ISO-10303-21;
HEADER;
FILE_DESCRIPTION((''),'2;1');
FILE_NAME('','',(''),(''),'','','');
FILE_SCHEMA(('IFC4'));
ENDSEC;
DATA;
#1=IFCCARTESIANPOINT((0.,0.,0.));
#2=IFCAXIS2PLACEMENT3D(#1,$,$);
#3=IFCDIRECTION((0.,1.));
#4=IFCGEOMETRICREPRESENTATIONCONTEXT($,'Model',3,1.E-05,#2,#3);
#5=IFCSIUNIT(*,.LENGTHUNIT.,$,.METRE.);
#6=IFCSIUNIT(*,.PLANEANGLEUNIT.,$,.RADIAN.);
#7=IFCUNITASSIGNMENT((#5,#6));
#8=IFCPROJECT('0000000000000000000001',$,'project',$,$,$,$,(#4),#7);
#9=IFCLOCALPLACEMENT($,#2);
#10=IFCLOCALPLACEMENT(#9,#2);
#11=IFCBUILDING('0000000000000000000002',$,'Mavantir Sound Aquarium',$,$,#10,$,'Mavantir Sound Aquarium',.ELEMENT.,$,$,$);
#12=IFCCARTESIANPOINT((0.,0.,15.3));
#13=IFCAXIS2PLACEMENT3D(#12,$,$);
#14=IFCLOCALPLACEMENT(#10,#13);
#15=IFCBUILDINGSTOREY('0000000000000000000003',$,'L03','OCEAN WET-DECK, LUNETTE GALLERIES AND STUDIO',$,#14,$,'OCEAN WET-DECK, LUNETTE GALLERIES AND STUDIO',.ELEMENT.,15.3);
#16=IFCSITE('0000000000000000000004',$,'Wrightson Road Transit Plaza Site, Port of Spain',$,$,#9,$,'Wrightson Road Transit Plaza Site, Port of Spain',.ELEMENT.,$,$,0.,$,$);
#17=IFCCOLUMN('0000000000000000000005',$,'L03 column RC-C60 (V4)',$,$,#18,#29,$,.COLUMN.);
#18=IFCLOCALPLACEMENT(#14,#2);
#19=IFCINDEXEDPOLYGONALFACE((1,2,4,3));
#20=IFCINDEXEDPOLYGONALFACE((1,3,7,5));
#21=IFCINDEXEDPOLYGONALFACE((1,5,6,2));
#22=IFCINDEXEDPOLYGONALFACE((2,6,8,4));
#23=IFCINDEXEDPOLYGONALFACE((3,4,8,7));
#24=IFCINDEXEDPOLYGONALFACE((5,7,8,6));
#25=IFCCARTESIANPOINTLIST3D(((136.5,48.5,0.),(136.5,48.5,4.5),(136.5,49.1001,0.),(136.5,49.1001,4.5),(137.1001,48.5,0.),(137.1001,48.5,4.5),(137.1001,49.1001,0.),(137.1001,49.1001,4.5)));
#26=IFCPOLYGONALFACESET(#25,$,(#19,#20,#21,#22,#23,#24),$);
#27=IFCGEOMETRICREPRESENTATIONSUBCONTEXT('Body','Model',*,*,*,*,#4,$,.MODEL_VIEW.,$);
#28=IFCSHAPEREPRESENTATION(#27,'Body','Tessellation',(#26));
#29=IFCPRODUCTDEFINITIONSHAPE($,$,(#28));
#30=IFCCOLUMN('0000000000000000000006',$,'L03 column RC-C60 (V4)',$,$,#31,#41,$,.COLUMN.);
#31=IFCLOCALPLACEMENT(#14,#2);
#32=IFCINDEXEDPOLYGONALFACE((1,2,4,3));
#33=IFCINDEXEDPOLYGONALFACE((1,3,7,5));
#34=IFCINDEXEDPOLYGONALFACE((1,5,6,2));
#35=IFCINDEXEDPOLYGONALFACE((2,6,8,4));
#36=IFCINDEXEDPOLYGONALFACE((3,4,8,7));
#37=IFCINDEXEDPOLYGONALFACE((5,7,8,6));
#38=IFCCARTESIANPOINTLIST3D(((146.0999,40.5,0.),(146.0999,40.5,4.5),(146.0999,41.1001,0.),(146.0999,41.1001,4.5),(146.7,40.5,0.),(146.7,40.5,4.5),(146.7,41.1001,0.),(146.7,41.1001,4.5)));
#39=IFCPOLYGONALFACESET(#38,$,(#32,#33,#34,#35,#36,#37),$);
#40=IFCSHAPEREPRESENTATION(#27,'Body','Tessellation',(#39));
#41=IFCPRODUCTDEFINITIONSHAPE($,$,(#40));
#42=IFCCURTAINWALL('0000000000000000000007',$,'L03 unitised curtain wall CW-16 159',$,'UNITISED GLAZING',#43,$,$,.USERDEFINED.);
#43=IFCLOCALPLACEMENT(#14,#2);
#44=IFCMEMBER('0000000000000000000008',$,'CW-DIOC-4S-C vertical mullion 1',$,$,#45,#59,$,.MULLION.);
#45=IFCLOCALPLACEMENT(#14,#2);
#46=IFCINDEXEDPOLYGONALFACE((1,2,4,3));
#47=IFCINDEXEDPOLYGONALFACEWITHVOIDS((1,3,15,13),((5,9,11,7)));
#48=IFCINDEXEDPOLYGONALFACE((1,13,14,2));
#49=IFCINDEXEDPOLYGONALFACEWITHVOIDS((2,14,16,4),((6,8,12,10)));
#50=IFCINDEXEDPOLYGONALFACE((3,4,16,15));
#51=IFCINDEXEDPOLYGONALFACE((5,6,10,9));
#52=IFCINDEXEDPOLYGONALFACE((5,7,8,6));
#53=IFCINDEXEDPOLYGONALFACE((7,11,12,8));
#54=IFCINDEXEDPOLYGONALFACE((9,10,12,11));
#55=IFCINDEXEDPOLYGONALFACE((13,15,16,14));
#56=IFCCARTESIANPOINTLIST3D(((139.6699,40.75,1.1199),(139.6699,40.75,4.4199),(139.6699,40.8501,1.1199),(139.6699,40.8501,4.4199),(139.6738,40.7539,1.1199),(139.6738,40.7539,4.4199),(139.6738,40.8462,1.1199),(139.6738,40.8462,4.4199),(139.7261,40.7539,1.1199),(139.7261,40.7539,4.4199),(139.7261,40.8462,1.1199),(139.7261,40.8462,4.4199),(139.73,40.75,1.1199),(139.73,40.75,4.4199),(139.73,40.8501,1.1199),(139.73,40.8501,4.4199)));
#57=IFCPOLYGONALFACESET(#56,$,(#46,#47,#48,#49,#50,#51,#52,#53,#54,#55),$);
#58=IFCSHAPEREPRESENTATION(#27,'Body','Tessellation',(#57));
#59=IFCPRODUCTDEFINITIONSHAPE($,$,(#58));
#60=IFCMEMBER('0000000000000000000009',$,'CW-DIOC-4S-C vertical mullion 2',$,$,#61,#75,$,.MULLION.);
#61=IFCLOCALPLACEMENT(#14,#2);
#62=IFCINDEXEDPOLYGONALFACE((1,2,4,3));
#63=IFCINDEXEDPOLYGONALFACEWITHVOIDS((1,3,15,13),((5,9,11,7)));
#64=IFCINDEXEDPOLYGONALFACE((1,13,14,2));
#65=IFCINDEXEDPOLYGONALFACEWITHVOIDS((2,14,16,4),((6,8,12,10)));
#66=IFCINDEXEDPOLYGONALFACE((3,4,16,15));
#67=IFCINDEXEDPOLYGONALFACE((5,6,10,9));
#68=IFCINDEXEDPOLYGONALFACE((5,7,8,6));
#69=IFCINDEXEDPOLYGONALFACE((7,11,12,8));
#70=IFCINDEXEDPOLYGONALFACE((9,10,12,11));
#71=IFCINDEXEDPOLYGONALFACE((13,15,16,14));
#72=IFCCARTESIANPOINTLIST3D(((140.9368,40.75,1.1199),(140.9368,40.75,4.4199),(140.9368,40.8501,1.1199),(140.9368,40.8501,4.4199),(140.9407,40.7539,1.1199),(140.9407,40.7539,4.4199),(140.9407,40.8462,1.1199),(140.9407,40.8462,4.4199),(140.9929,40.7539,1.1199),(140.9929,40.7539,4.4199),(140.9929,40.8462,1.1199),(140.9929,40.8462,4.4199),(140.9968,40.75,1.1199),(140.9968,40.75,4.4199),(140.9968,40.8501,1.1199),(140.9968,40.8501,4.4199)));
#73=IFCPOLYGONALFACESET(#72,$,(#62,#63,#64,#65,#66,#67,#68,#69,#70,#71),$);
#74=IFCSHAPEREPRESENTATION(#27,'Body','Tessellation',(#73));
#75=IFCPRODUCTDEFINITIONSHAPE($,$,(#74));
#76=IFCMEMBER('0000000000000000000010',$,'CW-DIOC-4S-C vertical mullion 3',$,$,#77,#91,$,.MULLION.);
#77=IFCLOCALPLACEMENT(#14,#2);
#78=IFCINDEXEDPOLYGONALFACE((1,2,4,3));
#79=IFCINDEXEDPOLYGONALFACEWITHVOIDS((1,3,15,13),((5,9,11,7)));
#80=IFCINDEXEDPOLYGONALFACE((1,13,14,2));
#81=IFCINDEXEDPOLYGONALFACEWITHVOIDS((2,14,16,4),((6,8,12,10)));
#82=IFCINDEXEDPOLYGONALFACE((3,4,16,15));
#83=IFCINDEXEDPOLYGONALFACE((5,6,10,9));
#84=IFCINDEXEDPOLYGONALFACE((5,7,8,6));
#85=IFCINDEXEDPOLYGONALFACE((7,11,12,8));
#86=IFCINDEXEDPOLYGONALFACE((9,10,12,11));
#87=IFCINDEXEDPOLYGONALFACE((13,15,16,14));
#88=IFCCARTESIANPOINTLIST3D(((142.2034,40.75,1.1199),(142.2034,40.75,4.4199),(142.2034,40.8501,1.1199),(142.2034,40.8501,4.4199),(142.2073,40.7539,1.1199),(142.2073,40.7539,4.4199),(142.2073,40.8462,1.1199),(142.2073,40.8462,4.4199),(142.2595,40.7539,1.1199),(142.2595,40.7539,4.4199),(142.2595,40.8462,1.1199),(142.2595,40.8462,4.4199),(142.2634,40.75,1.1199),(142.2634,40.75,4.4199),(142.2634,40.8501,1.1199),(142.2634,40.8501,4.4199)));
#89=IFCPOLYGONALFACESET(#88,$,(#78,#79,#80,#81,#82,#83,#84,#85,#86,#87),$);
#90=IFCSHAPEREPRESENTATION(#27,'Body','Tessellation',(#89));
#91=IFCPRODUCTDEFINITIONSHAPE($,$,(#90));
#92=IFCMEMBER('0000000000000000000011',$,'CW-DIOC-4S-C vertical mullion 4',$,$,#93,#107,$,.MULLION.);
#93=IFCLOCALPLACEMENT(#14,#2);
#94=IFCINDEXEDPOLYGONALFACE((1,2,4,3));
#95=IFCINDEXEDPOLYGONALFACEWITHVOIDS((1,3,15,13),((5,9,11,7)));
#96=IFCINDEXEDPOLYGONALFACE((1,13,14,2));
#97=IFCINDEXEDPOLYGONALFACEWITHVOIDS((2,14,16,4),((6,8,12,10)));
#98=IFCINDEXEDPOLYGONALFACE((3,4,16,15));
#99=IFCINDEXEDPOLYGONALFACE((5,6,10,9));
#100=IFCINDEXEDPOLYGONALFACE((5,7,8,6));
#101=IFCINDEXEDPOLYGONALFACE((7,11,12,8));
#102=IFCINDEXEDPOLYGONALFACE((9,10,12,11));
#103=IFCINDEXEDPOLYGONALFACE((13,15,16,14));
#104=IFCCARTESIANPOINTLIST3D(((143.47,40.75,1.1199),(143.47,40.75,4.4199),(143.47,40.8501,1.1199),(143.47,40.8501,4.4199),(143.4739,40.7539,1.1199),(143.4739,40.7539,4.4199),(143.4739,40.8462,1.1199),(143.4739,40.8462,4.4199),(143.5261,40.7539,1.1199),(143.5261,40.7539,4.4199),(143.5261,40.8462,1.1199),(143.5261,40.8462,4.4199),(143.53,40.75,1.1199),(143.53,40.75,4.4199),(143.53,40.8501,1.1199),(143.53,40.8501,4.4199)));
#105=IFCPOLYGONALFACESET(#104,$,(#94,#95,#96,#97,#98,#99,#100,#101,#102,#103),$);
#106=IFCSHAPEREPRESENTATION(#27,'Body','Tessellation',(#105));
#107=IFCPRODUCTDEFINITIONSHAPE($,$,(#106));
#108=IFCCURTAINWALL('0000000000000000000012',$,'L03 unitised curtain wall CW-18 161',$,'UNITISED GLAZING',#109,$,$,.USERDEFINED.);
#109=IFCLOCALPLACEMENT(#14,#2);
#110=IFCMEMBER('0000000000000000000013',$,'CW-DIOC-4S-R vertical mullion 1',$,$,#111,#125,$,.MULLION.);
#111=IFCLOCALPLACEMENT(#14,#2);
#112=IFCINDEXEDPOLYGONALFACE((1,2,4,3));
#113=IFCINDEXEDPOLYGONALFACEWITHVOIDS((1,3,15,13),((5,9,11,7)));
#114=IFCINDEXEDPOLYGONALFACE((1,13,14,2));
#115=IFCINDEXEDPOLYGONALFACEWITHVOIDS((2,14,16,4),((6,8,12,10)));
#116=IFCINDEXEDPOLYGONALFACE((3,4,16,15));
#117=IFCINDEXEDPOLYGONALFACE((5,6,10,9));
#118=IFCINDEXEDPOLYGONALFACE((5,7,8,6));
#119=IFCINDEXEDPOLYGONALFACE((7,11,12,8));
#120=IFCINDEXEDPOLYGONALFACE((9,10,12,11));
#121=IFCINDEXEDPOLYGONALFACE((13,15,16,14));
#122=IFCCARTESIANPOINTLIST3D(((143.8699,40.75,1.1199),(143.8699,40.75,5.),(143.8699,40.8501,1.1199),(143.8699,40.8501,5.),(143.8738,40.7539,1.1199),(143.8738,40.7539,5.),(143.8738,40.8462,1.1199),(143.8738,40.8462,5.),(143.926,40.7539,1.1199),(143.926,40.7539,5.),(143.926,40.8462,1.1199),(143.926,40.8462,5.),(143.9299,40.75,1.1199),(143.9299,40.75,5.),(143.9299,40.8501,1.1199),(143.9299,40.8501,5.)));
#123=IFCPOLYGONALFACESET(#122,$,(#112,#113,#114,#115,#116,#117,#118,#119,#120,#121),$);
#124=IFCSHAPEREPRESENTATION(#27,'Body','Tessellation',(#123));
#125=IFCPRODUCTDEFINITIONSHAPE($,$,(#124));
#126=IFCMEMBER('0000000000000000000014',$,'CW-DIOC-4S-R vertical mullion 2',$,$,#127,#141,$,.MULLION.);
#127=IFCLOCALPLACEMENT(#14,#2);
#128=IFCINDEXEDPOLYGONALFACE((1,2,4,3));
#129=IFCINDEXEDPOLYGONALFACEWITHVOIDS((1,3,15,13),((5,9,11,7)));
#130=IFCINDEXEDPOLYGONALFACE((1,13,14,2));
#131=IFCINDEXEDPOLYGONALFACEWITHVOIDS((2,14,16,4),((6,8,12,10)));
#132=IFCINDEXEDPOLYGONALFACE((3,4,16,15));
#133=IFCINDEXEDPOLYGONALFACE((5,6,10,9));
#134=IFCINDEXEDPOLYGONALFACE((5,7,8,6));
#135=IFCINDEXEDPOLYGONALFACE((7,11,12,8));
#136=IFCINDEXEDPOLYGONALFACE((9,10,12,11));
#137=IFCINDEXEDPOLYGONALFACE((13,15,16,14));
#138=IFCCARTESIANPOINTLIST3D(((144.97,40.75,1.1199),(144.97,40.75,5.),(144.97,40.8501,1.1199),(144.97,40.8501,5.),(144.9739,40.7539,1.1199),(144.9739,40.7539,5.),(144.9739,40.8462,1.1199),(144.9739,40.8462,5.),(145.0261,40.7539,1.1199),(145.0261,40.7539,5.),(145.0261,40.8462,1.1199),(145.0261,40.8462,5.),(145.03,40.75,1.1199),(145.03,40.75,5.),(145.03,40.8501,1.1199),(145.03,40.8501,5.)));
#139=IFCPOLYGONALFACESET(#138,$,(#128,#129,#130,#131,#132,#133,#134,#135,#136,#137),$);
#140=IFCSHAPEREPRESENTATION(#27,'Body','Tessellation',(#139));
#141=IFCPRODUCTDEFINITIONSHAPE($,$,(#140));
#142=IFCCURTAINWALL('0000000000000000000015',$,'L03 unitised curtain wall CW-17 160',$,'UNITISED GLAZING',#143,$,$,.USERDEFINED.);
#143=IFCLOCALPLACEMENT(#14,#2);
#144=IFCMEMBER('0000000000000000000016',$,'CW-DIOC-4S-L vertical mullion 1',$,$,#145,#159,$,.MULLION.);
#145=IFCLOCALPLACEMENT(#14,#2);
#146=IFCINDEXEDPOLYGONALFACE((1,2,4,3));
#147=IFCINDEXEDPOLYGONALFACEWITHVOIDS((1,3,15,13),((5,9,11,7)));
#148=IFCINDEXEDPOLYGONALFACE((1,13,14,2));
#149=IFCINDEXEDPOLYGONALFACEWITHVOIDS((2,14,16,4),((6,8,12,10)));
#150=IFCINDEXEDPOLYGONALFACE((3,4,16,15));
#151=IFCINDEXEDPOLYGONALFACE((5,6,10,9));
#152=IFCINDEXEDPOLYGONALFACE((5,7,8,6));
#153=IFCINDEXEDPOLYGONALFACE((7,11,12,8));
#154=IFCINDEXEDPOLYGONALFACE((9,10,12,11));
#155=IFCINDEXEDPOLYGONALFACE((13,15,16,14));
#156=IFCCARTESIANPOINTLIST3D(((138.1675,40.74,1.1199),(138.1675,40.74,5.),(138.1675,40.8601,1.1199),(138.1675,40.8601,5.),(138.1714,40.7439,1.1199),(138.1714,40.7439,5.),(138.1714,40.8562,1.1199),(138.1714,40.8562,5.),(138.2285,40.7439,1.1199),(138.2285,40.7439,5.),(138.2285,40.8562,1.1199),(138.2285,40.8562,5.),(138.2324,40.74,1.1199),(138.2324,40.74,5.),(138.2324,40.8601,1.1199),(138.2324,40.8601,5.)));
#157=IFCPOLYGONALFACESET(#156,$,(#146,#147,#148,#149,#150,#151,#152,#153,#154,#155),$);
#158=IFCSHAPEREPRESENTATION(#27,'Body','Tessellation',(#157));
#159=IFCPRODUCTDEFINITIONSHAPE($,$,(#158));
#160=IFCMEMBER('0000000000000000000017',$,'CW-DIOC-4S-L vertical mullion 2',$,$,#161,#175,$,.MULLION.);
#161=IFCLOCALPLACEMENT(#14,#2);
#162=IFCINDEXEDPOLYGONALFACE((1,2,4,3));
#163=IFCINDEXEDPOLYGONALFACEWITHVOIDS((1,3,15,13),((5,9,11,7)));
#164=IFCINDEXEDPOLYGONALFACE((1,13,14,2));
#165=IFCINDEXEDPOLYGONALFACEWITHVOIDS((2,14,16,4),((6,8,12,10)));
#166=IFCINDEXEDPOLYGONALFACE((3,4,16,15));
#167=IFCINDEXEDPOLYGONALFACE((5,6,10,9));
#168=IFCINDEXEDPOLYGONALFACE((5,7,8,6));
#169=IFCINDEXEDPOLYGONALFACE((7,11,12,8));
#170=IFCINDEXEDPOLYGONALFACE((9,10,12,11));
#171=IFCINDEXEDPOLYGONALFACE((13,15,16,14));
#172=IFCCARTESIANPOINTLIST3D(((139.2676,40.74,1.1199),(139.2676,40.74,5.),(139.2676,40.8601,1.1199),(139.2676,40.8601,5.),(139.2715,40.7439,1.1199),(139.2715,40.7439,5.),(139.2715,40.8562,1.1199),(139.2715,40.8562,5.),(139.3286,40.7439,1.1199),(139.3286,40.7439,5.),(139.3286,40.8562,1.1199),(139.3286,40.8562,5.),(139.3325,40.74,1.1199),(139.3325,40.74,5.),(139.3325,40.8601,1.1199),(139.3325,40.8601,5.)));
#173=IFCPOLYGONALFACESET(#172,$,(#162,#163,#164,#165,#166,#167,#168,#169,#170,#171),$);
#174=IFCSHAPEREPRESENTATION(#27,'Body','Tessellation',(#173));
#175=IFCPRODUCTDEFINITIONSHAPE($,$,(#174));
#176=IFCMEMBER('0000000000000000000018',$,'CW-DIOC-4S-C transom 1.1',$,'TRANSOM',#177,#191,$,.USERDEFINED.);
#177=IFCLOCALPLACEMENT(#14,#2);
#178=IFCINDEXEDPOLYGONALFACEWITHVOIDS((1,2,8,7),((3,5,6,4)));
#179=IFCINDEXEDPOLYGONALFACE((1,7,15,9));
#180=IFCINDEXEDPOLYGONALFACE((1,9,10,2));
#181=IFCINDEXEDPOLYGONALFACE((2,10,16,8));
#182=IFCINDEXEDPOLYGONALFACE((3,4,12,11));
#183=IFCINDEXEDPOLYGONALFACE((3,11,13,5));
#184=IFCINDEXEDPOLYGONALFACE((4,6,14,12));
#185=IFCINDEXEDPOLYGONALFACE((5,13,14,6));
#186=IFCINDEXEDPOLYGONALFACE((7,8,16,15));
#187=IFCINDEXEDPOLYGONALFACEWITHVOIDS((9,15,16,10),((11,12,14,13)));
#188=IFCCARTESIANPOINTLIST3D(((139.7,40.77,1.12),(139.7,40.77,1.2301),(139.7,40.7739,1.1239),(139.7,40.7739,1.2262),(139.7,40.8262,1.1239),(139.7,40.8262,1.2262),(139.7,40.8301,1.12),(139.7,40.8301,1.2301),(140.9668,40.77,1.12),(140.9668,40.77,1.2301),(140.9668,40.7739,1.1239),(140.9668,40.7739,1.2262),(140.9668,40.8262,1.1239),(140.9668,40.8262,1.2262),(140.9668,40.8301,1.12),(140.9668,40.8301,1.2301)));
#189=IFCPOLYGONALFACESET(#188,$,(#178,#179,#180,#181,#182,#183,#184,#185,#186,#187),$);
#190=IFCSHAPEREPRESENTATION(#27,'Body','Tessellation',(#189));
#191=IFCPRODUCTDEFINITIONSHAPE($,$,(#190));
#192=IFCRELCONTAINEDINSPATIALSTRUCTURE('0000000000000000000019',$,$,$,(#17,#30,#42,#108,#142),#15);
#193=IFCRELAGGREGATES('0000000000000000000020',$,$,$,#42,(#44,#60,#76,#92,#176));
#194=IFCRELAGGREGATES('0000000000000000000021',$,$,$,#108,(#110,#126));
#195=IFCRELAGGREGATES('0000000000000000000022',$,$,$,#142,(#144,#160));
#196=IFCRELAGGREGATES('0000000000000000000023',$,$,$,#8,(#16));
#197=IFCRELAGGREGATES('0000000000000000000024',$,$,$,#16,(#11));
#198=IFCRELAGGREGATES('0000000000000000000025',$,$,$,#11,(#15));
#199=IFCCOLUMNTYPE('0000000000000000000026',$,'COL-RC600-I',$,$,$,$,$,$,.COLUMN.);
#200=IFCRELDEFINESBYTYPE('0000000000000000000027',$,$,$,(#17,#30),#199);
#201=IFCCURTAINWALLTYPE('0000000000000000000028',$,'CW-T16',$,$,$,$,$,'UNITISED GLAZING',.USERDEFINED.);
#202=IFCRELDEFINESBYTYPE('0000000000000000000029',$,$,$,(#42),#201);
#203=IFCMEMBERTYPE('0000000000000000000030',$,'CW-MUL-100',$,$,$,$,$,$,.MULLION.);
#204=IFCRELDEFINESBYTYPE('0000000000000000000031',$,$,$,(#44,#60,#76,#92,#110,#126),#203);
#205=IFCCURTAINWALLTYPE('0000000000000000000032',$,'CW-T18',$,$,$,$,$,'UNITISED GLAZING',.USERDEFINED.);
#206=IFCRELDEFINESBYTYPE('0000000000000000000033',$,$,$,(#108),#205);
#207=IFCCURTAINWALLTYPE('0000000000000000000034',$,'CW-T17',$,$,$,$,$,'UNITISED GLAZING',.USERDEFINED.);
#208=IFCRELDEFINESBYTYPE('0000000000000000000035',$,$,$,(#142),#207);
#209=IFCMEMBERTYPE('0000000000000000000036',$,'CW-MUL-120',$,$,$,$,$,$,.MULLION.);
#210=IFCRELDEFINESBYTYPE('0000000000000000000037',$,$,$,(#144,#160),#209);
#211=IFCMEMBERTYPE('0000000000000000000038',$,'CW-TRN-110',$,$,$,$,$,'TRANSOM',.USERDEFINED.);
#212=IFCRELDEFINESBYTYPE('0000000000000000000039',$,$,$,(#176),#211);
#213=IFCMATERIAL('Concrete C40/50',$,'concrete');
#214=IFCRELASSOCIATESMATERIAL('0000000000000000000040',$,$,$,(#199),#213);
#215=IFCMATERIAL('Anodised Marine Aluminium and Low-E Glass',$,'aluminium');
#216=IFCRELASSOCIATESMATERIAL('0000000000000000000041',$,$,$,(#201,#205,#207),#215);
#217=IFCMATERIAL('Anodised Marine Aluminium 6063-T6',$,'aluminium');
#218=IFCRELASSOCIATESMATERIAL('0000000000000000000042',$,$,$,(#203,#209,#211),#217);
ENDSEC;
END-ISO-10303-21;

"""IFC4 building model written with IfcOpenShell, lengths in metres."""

from ifc_helpers import new_model, si_unit, direction, frame, origin, origin_2d, place, context, subcontext, project, spatial, rectangle, hollow_rectangle, extrude, material, material_profile, profile_set, type_object, element, aggregate, save


model = new_model("IFC4")

# Units and contexts
model_context = context("Model", 3, precision=1e-05, world=origin(), true_north=direction((0.0, 1.0)))
body_context = subcontext(model_context, "Body", "Model", "MODEL_VIEW")
ifc_project = project(units=[si_unit("LENGTHUNIT", "METRE"), si_unit("PLANEANGLEUNIT", "RADIAN")], contexts=[model_context])

# Site, building, storey
site_placement = place(None, origin())
site = spatial("IfcSite", under=ifc_project, at=site_placement, Name="Wrightson Road Transit Plaza Site, Port of Spain", LongName="Wrightson Road Transit Plaza Site, Port of Spain", CompositionType="ELEMENT", RefElevation=0.0)
building_placement = place(site_placement, origin())
building = spatial("IfcBuilding", under=site, at=building_placement, Name="Mavantir Sound Aquarium", LongName="Mavantir Sound Aquarium", CompositionType="ELEMENT")
storey_placement = place(building_placement, frame((0.0, 0.0, 15.3)))
storey = spatial("IfcBuildingStorey", under=building, at=storey_placement, Name="L03", Description="OCEAN WET-DECK, LUNETTE GALLERIES AND STUDIO", LongName="OCEAN WET-DECK, LUNETTE GALLERIES AND STUDIO", CompositionType="ELEMENT", Elevation=15.3)

# Columns
ifc_material_1 = material(Name="Concrete C40/50", Category="concrete")
ifc_material_profile_1 = material_profile(ifc_material_1, rectangle(XDim=0.6001, YDim=0.6001, at=origin_2d()), Name="RC 600X600")
ifc_profile_set_1 = profile_set([ifc_material_profile_1], Name="Concrete C40/50")
column_type = type_object("IfcColumnType", Name="COL-RC600-I", PredefinedType="COLUMN", material=ifc_profile_set_1)
for number, where, z_axis, x_axis, name in (
    (1, (136.8, 48.8, 0.0), (0.0, 0.0, 1.0), (1.0, 0.0, 0.0), "L03 column RC-C60 (V4)"),
    (2, (146.3999, 40.8, 0.0), (0.0, 0.0, 1.0), (1.0, 0.0, 0.0), "L03 column RC-C60 (V4)"),
):
    element("IfcColumn", number, at=place(storey_placement, frame(where, z_axis=z_axis, x_axis=x_axis)), inside=storey, type_object=column_type, Name=name, PredefinedType="COLUMN", context=body_context, shape_type="SweptSolid", body=[
        extrude(rectangle(XDim=0.6001, YDim=0.6001, at=origin_2d()), origin(), (0.0, 0.0, 1.0), 4.5),
    ])

# Curtain walls, members
ifc_material_2 = material(Name="Anodised Marine Aluminium and Low-E Glass", Category="aluminium")
curtain_wall_type_1 = type_object("IfcCurtainWallType", Name="CW-T16", ElementType="UNITISED GLAZING", PredefinedType="USERDEFINED", material=ifc_material_2)
curtain_wall_1_placement = place(storey_placement, origin())
curtain_wall_1 = element("IfcCurtainWall", 3, at=curtain_wall_1_placement, inside=storey, type_object=curtain_wall_type_1, Name="L03 unitised curtain wall CW-16 159", ObjectType="UNITISED GLAZING", PredefinedType="USERDEFINED")
ifc_material_3 = material(Name="Anodised Marine Aluminium 6063-T6", Category="aluminium")
ifc_material_profile_2 = material_profile(ifc_material_3, hollow_rectangle(XDim=0.0601, YDim=0.1001, WallThickness=0.0039, at=origin_2d()), Name="ALU-MULLION-100X60")
ifc_profile_set_2 = profile_set([ifc_material_profile_2], Name="Anodised Marine Aluminium 6063-T6")
member_type_1 = type_object("IfcMemberType", Name="CW-MUL-100", PredefinedType="MULLION", material=ifc_profile_set_2)
member_1_placement = place(storey_placement, frame((139.7, 40.8, 1.1199), z_axis=(0.0, 0.0, 1.0), x_axis=(1.0, 0.0, 0.0)))
member_1 = element("IfcMember", 4, at=member_1_placement, type_object=member_type_1, Name="CW-DIOC-4S-C vertical mullion 1", PredefinedType="MULLION", context=body_context, shape_type="SweptSolid", body=[
    extrude(hollow_rectangle(XDim=0.0601, YDim=0.1001, WallThickness=0.0039, at=origin_2d()), origin(), (0.0, 0.0, 1.0), 3.3),
])
member_2_placement = place(storey_placement, frame((140.9668, 40.8, 1.1199), z_axis=(0.0, 0.0, 1.0), x_axis=(1.0, 0.0, 0.0)))
member_2 = element("IfcMember", 5, at=member_2_placement, type_object=member_type_1, Name="CW-DIOC-4S-C vertical mullion 2", PredefinedType="MULLION", context=body_context, shape_type="SweptSolid", body=[
    extrude(hollow_rectangle(XDim=0.0601, YDim=0.1001, WallThickness=0.0039, at=origin_2d()), origin(), (0.0, 0.0, 1.0), 3.3),
])
member_3_placement = place(storey_placement, frame((142.2334, 40.8, 1.1199), z_axis=(0.0, 0.0, 1.0), x_axis=(1.0, 0.0, 0.0)))
member_3 = element("IfcMember", 6, at=member_3_placement, type_object=member_type_1, Name="CW-DIOC-4S-C vertical mullion 3", PredefinedType="MULLION", context=body_context, shape_type="SweptSolid", body=[
    extrude(hollow_rectangle(XDim=0.0601, YDim=0.1001, WallThickness=0.0039, at=origin_2d()), origin(), (0.0, 0.0, 1.0), 3.3),
])
member_4_placement = place(storey_placement, frame((143.5, 40.8, 1.1199), z_axis=(0.0, 0.0, 1.0), x_axis=(1.0, 0.0, 0.0)))
member_4 = element("IfcMember", 7, at=member_4_placement, type_object=member_type_1, Name="CW-DIOC-4S-C vertical mullion 4", PredefinedType="MULLION", context=body_context, shape_type="SweptSolid", body=[
    extrude(hollow_rectangle(XDim=0.0601, YDim=0.1001, WallThickness=0.0039, at=origin_2d()), origin(), (0.0, 0.0, 1.0), 3.3),
])
curtain_wall_type_2 = type_object("IfcCurtainWallType", Name="CW-T18", ElementType="UNITISED GLAZING", PredefinedType="USERDEFINED", material=ifc_material_2)
curtain_wall_2_placement = place(storey_placement, origin())
curtain_wall_2 = element("IfcCurtainWall", 8, at=curtain_wall_2_placement, inside=storey, type_object=curtain_wall_type_2, Name="L03 unitised curtain wall CW-18 161", ObjectType="UNITISED GLAZING", PredefinedType="USERDEFINED")
member_5_placement = place(storey_placement, frame((143.8999, 40.8, 1.1199), z_axis=(0.0, 0.0, 1.0), x_axis=(1.0, 0.0, 0.0)))
member_5 = element("IfcMember", 9, at=member_5_placement, type_object=member_type_1, Name="CW-DIOC-4S-R vertical mullion 1", PredefinedType="MULLION", context=body_context, shape_type="SweptSolid", body=[
    extrude(hollow_rectangle(XDim=0.0601, YDim=0.1001, WallThickness=0.0039, at=origin_2d()), origin(), (0.0, 0.0, 1.0), 3.8801),
])
member_6_placement = place(storey_placement, frame((145.0, 40.8, 1.1199), z_axis=(0.0, 0.0, 1.0), x_axis=(1.0, 0.0, 0.0)))
member_6 = element("IfcMember", 10, at=member_6_placement, type_object=member_type_1, Name="CW-DIOC-4S-R vertical mullion 2", PredefinedType="MULLION", context=body_context, shape_type="SweptSolid", body=[
    extrude(hollow_rectangle(XDim=0.0601, YDim=0.1001, WallThickness=0.0039, at=origin_2d()), origin(), (0.0, 0.0, 1.0), 3.8801),
])
curtain_wall_type_3 = type_object("IfcCurtainWallType", Name="CW-T17", ElementType="UNITISED GLAZING", PredefinedType="USERDEFINED", material=ifc_material_2)
curtain_wall_3_placement = place(storey_placement, origin())
curtain_wall_3 = element("IfcCurtainWall", 11, at=curtain_wall_3_placement, inside=storey, type_object=curtain_wall_type_3, Name="L03 unitised curtain wall CW-17 160", ObjectType="UNITISED GLAZING", PredefinedType="USERDEFINED")
ifc_material_profile_3 = material_profile(ifc_material_3, hollow_rectangle(XDim=0.0649, YDim=0.1201, WallThickness=0.0039, at=origin_2d()), Name="ALU-MULLION-120X65")
ifc_profile_set_3 = profile_set([ifc_material_profile_3], Name="Anodised Marine Aluminium 6063-T6")
member_type_2 = type_object("IfcMemberType", Name="CW-MUL-120", PredefinedType="MULLION", material=ifc_profile_set_3)
member_7_placement = place(storey_placement, frame((138.2, 40.8, 1.1199), z_axis=(0.0, 0.0, 1.0), x_axis=(1.0, 0.0, 0.0)))
member_7 = element("IfcMember", 12, at=member_7_placement, type_object=member_type_2, Name="CW-DIOC-4S-L vertical mullion 1", PredefinedType="MULLION", context=body_context, shape_type="SweptSolid", body=[
    extrude(hollow_rectangle(XDim=0.0649, YDim=0.1201, WallThickness=0.0039, at=origin_2d()), origin(), (0.0, 0.0, 1.0), 3.8801),
])
member_8_placement = place(storey_placement, frame((139.3, 40.8, 1.1199), z_axis=(0.0, 0.0, 1.0), x_axis=(1.0, 0.0, 0.0)))
member_8 = element("IfcMember", 13, at=member_8_placement, type_object=member_type_2, Name="CW-DIOC-4S-L vertical mullion 2", PredefinedType="MULLION", context=body_context, shape_type="SweptSolid", body=[
    extrude(hollow_rectangle(XDim=0.0649, YDim=0.1201, WallThickness=0.0039, at=origin_2d()), origin(), (0.0, 0.0, 1.0), 3.8801),
])

# Member
ifc_material_profile_4 = material_profile(ifc_material_3, hollow_rectangle(XDim=0.0601, YDim=0.1101, WallThickness=0.0039, at=origin_2d()), Name="ALU-TRANSOM-110X60")
ifc_profile_set_4 = profile_set([ifc_material_profile_4], Name="Anodised Marine Aluminium 6063-T6")
member_type_3 = type_object("IfcMemberType", Name="CW-TRN-110", ElementType="TRANSOM", PredefinedType="USERDEFINED", material=ifc_profile_set_4)
member_9_placement = place(storey_placement, frame((139.7, 40.8, 1.175), z_axis=(1.0, 0.0, 0.0), x_axis=(0.0, 1.0, 0.0)))
member_9 = element("IfcMember", 14, at=member_9_placement, type_object=member_type_3, Name="CW-DIOC-4S-C transom 1.1", ObjectType="TRANSOM", PredefinedType="USERDEFINED", context=body_context, shape_type="SweptSolid", body=[
    extrude(hollow_rectangle(XDim=0.0601, YDim=0.1101, WallThickness=0.0039, at=origin_2d()), origin(), (0.0, 0.0, 1.0), 1.2668),
])

aggregate(curtain_wall_1, [member_1, member_2, member_3, member_4, member_9])
aggregate(curtain_wall_2, [member_5, member_6])
aggregate(curtain_wall_3, [member_7, member_8])

save(model, "model.ifc")
